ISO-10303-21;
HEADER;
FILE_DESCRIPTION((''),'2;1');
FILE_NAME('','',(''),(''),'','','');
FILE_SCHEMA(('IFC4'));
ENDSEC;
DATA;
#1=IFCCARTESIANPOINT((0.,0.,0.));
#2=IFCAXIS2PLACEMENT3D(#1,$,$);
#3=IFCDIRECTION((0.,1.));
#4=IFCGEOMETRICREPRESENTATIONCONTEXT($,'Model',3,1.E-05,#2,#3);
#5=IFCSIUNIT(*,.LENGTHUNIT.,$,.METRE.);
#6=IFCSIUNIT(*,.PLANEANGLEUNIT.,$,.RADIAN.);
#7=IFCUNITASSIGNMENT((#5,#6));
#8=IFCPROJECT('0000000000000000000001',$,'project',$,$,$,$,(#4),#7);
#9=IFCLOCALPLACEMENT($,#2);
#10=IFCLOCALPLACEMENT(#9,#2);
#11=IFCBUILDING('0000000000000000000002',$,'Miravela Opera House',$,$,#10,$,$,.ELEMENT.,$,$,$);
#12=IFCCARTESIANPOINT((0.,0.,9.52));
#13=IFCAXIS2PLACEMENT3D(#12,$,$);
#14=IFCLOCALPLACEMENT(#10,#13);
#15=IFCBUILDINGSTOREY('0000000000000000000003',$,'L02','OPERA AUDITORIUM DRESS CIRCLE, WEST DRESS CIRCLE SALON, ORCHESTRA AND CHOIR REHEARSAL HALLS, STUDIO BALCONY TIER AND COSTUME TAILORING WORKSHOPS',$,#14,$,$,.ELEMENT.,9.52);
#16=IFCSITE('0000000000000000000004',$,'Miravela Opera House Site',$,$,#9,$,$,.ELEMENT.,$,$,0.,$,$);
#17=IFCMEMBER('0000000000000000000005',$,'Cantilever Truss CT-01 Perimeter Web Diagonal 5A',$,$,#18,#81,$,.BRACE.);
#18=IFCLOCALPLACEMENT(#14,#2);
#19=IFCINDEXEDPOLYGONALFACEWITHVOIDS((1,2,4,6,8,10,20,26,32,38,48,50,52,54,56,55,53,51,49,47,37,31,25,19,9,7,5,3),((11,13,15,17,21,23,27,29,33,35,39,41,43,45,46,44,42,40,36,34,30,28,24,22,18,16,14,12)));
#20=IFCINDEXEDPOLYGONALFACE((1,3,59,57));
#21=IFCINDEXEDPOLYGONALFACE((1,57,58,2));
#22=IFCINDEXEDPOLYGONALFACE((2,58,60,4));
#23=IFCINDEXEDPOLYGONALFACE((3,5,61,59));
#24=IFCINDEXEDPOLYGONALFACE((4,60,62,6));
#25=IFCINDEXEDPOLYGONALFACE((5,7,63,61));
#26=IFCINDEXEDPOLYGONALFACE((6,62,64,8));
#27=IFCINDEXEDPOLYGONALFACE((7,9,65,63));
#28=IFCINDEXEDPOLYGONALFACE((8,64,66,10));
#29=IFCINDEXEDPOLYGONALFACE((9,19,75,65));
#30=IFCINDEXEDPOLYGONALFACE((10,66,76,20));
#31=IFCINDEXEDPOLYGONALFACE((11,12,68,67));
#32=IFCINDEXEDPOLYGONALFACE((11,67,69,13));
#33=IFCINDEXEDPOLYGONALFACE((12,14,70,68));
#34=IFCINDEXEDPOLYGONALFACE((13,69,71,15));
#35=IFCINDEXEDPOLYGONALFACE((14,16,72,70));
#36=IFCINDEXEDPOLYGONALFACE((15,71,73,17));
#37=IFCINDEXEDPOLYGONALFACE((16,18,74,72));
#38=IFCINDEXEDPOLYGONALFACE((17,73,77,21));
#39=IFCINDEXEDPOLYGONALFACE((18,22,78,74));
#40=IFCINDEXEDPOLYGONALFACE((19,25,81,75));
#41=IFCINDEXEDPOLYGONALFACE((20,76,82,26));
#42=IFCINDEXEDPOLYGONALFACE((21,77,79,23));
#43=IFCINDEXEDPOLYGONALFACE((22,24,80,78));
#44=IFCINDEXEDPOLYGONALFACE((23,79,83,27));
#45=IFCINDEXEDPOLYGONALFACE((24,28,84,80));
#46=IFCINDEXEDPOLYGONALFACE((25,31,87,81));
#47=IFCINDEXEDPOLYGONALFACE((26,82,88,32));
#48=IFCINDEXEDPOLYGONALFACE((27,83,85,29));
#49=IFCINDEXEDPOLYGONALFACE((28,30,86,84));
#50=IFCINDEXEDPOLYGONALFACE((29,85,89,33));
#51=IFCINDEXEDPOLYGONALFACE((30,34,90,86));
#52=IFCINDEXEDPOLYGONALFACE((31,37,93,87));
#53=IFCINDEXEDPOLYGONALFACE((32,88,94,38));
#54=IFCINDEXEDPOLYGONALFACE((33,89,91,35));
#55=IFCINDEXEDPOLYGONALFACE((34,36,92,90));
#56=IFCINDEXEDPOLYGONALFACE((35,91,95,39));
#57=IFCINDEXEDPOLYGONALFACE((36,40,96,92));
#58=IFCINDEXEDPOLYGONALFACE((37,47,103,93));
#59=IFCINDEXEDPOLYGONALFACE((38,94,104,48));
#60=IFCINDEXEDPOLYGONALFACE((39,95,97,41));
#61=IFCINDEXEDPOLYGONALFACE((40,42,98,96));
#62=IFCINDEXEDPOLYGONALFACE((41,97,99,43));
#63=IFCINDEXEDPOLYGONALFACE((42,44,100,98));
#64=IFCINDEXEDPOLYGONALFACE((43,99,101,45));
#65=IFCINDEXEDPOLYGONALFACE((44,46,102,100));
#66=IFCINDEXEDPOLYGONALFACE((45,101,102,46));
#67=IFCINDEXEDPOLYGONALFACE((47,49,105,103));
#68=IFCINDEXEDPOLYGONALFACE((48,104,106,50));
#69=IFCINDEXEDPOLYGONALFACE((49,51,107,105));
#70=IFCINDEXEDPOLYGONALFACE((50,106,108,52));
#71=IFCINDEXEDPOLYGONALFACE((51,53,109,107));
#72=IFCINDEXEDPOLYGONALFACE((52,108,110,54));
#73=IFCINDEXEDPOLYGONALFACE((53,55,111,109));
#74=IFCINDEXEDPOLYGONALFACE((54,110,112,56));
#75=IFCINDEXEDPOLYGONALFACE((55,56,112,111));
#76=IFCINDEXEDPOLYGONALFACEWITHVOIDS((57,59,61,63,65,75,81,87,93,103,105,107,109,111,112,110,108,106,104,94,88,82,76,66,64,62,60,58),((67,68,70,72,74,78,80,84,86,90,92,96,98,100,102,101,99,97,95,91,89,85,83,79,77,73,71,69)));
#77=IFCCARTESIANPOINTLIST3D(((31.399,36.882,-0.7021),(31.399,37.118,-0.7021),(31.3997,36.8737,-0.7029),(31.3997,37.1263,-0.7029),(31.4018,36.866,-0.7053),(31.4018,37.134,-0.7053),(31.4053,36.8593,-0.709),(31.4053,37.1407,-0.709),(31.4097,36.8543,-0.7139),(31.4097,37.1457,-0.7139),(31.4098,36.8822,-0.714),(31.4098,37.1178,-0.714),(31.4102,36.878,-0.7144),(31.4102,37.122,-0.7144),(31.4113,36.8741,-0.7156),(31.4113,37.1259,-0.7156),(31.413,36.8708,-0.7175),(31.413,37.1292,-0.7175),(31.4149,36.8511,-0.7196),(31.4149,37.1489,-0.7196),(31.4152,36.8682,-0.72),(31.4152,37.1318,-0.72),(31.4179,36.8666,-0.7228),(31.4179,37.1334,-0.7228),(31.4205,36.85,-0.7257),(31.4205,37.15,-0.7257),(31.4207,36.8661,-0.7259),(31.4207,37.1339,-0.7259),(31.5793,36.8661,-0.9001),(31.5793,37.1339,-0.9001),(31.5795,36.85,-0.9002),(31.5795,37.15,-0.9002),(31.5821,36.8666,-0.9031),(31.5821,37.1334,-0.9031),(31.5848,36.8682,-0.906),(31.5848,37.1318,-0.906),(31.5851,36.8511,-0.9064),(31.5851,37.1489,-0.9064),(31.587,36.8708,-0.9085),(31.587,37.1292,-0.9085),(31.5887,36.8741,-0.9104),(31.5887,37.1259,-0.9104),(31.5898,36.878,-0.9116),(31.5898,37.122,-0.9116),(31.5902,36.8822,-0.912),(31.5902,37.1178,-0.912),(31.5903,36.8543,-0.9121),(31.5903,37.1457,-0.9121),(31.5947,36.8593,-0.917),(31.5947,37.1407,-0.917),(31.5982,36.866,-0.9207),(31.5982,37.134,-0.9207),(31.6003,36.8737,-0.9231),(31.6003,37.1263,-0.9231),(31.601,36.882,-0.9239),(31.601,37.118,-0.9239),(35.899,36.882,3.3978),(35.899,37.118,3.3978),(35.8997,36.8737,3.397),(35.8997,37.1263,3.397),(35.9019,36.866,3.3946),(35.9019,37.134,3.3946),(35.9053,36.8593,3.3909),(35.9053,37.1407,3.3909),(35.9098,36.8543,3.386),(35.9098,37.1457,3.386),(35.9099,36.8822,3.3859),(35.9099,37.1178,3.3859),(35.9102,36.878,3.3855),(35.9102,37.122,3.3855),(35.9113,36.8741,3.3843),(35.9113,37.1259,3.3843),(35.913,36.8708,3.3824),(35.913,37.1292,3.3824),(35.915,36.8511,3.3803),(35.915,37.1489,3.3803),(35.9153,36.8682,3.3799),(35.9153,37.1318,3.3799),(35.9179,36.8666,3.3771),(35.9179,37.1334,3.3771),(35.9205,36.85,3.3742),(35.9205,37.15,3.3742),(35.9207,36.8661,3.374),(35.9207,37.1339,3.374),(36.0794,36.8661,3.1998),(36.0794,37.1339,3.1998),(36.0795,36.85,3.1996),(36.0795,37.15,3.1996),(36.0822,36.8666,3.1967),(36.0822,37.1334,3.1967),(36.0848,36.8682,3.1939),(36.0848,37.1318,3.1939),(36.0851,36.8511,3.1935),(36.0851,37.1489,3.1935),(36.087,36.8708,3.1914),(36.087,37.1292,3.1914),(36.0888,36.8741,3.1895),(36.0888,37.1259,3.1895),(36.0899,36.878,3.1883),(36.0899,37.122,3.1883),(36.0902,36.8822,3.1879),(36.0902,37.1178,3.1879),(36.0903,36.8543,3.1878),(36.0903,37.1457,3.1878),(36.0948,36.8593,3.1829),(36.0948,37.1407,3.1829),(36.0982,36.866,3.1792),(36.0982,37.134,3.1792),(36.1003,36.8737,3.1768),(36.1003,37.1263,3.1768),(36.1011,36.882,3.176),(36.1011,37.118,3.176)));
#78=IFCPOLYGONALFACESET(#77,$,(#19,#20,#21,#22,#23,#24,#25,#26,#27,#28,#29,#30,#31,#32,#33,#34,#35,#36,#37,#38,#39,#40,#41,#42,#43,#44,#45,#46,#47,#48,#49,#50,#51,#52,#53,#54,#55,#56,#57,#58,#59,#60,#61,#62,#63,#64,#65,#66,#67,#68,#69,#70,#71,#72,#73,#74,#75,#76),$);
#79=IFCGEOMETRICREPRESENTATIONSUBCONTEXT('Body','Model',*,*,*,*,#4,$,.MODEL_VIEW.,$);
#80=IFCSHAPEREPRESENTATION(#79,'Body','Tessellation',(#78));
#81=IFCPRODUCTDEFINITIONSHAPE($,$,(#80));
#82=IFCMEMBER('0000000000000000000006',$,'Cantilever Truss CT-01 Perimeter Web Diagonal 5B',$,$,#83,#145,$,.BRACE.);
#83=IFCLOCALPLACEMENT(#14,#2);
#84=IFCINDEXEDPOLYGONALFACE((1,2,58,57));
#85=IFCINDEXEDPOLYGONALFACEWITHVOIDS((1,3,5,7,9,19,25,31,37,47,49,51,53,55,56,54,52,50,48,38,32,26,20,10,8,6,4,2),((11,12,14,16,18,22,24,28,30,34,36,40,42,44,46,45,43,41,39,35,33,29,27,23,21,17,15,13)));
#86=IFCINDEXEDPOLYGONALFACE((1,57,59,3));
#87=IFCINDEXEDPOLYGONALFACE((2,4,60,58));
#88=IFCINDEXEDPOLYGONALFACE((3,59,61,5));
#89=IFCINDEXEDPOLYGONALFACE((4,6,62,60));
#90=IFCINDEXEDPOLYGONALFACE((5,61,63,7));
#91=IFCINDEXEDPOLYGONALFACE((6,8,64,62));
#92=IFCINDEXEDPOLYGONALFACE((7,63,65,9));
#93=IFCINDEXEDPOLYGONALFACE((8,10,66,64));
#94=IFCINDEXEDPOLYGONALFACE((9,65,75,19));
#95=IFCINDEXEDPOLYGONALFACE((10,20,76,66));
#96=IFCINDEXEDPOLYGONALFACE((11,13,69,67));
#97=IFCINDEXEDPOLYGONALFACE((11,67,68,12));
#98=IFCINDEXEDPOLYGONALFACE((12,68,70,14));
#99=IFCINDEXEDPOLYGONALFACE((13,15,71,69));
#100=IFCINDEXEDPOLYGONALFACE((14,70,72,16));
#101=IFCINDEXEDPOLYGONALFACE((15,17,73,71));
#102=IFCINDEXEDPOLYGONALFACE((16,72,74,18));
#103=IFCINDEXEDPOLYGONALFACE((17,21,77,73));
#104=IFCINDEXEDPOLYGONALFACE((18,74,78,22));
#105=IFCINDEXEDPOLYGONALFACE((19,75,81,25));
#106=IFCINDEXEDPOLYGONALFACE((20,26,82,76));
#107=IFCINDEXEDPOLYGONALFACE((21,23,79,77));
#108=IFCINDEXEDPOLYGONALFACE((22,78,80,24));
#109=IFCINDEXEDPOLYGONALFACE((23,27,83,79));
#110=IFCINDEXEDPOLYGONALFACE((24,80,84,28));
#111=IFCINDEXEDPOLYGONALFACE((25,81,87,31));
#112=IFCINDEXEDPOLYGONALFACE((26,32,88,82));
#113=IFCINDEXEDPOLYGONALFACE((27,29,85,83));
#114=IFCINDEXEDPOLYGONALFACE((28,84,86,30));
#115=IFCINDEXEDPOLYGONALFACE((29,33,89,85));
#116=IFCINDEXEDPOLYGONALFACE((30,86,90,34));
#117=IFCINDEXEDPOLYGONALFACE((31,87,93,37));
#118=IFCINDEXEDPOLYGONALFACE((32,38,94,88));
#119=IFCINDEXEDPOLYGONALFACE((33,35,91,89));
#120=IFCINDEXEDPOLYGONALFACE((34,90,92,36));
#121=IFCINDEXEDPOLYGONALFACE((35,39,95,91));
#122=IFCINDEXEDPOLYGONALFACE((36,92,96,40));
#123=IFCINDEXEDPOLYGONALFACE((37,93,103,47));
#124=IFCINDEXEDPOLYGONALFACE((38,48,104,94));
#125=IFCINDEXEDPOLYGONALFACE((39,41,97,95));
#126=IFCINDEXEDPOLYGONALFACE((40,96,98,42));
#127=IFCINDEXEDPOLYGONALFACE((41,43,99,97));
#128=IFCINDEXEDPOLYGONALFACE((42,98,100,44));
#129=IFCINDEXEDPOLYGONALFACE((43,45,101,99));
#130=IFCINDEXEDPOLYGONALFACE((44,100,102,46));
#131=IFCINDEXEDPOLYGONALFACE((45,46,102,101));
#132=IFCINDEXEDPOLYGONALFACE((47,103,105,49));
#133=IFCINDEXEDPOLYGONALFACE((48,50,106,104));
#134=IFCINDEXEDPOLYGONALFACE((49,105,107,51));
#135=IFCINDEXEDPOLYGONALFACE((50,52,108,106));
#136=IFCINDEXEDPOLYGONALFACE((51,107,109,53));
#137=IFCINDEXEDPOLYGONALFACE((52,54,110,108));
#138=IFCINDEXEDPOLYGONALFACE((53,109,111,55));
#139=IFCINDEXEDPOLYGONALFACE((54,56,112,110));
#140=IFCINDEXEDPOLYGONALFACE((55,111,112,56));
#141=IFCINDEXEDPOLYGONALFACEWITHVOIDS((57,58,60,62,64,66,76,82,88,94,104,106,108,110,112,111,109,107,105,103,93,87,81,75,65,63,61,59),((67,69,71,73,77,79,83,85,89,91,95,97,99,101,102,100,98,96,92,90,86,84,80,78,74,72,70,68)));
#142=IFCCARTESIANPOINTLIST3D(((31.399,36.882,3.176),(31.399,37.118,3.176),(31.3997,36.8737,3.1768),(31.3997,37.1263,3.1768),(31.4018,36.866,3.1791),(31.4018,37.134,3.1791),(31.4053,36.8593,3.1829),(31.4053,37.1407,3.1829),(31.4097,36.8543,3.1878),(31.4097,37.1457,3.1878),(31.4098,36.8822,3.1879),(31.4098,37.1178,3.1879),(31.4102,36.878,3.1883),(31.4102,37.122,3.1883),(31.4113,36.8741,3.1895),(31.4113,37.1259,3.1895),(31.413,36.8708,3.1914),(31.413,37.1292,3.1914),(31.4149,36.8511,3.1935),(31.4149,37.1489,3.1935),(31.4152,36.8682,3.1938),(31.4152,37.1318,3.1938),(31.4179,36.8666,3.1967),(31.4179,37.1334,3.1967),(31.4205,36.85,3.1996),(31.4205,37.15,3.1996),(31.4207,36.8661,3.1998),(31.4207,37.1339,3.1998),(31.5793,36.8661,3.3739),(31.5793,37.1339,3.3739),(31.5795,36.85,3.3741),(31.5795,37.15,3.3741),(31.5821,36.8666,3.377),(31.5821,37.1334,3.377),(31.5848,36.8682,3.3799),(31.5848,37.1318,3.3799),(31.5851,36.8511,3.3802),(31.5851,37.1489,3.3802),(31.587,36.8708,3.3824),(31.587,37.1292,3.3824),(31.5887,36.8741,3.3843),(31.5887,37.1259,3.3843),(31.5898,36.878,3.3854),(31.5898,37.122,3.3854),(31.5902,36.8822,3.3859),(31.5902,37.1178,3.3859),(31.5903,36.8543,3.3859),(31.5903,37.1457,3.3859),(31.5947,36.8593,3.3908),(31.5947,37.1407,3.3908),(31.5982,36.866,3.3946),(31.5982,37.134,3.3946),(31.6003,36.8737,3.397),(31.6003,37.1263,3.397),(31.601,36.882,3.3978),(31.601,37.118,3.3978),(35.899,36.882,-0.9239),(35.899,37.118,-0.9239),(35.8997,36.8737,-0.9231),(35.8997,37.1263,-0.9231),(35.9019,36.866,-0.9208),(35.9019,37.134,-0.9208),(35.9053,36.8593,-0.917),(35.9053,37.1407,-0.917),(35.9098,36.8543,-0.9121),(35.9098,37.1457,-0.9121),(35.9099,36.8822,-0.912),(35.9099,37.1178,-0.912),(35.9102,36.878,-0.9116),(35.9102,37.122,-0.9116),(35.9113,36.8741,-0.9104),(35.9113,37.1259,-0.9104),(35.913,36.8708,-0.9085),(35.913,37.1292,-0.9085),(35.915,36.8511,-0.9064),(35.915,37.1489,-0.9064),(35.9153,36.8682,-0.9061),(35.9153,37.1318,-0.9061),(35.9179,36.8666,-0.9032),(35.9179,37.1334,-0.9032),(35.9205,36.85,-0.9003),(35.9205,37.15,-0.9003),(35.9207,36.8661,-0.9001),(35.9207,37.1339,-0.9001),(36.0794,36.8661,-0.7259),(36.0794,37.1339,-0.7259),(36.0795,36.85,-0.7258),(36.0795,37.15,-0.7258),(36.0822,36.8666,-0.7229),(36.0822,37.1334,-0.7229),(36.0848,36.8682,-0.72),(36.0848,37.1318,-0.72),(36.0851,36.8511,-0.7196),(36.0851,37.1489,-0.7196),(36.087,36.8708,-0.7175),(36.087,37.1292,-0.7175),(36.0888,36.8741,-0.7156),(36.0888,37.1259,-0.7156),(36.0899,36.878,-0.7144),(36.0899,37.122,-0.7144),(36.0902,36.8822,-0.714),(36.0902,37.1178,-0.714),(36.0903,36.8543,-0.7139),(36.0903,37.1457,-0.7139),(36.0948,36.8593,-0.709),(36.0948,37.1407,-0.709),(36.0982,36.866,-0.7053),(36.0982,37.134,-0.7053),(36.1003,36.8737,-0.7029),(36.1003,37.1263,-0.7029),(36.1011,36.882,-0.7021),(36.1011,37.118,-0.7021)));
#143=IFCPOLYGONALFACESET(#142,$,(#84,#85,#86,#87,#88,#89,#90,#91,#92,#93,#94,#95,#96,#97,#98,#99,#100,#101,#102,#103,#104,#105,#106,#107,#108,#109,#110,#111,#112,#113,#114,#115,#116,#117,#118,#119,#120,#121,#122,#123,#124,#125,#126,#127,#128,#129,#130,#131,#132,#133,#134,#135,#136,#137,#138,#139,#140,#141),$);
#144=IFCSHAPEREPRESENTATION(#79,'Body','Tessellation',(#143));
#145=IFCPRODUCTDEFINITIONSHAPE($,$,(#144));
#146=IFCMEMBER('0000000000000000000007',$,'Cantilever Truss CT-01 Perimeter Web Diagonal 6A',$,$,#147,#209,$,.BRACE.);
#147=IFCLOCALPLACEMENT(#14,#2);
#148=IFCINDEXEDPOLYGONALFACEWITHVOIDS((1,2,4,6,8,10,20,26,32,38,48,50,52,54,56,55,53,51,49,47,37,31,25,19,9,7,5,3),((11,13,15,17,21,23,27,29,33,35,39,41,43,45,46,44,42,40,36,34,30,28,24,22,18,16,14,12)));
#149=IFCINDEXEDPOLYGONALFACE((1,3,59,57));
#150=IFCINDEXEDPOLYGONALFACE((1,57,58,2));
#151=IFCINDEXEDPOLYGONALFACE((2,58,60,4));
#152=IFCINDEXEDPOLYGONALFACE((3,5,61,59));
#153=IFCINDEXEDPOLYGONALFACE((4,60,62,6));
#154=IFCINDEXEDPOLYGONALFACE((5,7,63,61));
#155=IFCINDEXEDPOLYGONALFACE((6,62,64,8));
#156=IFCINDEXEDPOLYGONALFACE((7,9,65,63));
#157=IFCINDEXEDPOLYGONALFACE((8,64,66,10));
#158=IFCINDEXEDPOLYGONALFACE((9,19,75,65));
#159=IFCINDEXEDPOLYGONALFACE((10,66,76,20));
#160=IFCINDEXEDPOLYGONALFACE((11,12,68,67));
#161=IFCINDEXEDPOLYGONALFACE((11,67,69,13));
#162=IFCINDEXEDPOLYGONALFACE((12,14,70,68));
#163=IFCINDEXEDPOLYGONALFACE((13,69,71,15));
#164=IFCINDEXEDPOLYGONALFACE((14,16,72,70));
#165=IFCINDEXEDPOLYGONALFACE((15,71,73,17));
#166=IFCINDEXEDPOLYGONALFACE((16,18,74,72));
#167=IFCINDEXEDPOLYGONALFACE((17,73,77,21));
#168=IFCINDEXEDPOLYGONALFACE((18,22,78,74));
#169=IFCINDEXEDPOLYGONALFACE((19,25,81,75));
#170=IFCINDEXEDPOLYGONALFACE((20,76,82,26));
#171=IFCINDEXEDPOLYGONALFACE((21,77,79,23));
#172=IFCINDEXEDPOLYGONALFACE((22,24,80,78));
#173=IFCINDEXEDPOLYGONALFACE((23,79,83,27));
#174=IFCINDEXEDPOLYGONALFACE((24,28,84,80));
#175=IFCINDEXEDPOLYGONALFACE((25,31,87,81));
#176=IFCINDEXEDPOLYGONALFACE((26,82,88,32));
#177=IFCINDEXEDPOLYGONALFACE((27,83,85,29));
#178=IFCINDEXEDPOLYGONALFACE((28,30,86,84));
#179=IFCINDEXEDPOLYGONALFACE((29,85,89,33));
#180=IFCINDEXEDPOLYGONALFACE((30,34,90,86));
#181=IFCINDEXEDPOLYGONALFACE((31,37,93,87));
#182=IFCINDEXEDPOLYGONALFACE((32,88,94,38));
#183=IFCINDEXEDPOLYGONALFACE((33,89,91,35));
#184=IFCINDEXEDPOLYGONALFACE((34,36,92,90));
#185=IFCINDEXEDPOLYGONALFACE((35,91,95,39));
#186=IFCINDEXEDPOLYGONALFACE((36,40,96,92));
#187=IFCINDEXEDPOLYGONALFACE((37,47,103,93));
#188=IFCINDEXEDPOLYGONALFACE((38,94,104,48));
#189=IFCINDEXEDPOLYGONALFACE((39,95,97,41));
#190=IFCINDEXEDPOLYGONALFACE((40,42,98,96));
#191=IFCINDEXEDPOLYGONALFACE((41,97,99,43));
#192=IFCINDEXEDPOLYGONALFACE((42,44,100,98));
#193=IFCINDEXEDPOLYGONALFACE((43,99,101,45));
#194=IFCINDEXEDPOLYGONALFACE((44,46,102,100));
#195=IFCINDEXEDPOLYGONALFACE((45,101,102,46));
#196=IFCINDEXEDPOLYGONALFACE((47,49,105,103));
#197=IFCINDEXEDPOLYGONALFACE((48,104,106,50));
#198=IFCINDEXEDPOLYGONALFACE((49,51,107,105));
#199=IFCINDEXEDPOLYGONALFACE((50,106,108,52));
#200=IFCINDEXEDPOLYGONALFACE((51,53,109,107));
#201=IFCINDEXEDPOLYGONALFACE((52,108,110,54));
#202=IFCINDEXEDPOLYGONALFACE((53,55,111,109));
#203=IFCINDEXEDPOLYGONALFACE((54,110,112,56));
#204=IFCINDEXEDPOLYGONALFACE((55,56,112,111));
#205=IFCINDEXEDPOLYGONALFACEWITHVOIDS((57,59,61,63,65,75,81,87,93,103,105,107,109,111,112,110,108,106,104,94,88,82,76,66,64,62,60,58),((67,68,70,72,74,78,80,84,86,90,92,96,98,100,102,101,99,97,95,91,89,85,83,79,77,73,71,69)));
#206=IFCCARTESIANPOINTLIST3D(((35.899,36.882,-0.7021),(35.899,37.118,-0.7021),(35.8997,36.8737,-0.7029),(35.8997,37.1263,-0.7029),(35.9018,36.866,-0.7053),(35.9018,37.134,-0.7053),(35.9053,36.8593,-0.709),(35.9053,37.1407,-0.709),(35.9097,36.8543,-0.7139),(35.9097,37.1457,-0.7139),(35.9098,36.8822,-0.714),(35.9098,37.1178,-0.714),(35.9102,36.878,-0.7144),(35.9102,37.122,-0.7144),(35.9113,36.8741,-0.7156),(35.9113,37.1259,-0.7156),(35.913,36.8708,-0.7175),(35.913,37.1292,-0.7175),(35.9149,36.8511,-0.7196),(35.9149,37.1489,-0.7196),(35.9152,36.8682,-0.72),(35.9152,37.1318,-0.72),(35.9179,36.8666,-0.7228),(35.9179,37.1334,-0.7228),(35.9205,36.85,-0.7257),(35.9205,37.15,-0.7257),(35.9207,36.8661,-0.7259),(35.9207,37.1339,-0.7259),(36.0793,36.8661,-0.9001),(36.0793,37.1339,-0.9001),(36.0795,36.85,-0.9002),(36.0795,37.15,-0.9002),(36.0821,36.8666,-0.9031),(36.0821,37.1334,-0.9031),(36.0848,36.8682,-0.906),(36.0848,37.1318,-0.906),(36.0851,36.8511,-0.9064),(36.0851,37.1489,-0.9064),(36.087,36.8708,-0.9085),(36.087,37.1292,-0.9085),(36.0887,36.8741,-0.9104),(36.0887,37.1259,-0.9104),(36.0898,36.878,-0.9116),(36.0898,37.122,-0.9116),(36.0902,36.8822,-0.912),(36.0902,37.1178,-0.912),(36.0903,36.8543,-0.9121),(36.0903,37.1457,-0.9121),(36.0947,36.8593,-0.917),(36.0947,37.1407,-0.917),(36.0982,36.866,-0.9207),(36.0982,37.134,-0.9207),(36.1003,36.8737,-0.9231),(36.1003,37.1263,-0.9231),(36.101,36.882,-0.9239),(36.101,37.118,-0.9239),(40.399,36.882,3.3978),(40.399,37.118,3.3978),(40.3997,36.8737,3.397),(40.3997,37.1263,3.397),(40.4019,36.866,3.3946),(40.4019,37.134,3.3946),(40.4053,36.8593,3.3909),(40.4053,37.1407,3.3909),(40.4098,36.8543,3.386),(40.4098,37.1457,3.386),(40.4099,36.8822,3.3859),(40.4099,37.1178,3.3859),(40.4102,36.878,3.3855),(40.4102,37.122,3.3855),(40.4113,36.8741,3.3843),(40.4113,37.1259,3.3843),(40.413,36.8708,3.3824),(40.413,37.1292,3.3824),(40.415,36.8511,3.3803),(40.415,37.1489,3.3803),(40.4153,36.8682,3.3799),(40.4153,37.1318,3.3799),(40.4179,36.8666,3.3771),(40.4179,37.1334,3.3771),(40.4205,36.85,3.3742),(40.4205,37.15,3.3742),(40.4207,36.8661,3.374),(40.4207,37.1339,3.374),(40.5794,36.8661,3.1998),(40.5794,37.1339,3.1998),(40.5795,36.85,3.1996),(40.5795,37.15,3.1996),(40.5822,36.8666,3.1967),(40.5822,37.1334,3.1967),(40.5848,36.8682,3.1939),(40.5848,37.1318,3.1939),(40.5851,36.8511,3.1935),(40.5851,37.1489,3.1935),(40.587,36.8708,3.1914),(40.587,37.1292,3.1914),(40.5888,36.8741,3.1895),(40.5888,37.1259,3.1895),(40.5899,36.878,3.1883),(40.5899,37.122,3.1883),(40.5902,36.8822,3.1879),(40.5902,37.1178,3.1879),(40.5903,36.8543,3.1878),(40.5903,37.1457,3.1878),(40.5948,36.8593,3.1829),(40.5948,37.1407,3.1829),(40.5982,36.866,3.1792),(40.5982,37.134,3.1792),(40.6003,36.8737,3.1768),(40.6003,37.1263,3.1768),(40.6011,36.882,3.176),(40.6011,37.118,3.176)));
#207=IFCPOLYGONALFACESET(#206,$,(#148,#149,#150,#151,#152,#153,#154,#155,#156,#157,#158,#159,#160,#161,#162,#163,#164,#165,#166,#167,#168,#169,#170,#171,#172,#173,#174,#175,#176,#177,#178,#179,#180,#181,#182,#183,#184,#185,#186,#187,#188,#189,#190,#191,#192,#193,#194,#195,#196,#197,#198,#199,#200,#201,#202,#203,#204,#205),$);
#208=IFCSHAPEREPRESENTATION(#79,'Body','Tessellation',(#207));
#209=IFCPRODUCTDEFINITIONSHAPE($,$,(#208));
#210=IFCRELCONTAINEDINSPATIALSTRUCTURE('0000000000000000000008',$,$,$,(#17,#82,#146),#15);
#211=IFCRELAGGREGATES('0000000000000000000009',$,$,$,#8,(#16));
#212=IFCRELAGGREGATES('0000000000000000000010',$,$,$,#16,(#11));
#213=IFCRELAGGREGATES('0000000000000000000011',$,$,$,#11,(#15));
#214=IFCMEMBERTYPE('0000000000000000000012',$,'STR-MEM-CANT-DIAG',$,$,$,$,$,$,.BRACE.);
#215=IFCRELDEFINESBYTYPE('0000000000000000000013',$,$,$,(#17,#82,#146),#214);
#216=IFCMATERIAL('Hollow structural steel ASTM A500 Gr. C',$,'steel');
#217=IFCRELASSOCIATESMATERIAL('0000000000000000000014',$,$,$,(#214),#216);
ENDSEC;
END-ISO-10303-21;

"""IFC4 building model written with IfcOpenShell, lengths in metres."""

from ifc_helpers import new_model, si_unit, direction, frame, origin, origin_2d, place, context, subcontext, project, spatial, hollow_rectangle, extrude, material, material_profile, profile_set, type_object, element, save


model = new_model("IFC4")

# Units and contexts
model_context = context("Model", 3, precision=1e-05, world=origin(), true_north=direction((0.0, 1.0)))
body_context = subcontext(model_context, "Body", "Model", "MODEL_VIEW")
ifc_project = project(units=[si_unit("LENGTHUNIT", "METRE"), si_unit("PLANEANGLEUNIT", "RADIAN")], contexts=[model_context])

# Site, building, storey
site_placement = place(None, origin())
site = spatial("IfcSite", under=ifc_project, at=site_placement, Name="Miravela Opera House Site", CompositionType="ELEMENT", RefElevation=0.0)
building_placement = place(site_placement, origin())
building = spatial("IfcBuilding", under=site, at=building_placement, Name="Miravela Opera House", CompositionType="ELEMENT")
storey_placement = place(building_placement, frame((0.0, 0.0, 9.52)))
storey = spatial("IfcBuildingStorey", under=building, at=storey_placement, Name="L02", Description="OPERA AUDITORIUM DRESS CIRCLE, WEST DRESS CIRCLE SALON, ORCHESTRA AND CHOIR REHEARSAL HALLS, STUDIO BALCONY TIER AND COSTUME TAILORING WORKSHOPS", CompositionType="ELEMENT", Elevation=9.52)

# Members
ifc_material_1 = material(Name="Hollow structural steel ASTM A500 Gr. C", Category="steel")
ifc_material_profile_1 = material_profile(ifc_material_1, hollow_rectangle(XDim=0.3, YDim=0.3, WallThickness=0.0161, InnerFilletRadius=0.0161, OuterFilletRadius=0.032, at=origin_2d()), Name="HSS300X300X16")
ifc_profile_set_1 = profile_set([ifc_material_profile_1])
member_type_1 = type_object("IfcMemberType", Name="STR-MEM-CANT-DIAG", PredefinedType="BRACE", material=ifc_profile_set_1)
for number, where, z_axis, x_axis, name in (
    (1, (31.5, 37.0, -0.813), (0.739208, 0.0, 0.673477), (0.0, 1.0, 0.0), "Cantilever Truss CT-01 Perimeter Web Diagonal 5A"),
    (2, (31.5, 37.0, 3.2869), (0.739208, 0.0, -0.673477), (0.0, 1.0, 0.0), "Cantilever Truss CT-01 Perimeter Web Diagonal 5B"),
    (3, (36.0, 37.0, -0.813), (0.739208, 0.0, 0.673477), (0.0, 1.0, 0.0), "Cantilever Truss CT-01 Perimeter Web Diagonal 6A"),
):
    element("IfcMember", number, at=place(storey_placement, frame(where, z_axis=z_axis, x_axis=x_axis)), inside=storey, type_object=member_type_1, Name=name, PredefinedType="BRACE", context=body_context, shape_type="SweptSolid", body=[
        extrude(hollow_rectangle(XDim=0.3, YDim=0.3, WallThickness=0.0161, InnerFilletRadius=0.0161, OuterFilletRadius=0.032, at=origin_2d()), origin(), (0.0, 0.0, 1.0), 6.0876),
    ])

save(model, "model.ifc")
